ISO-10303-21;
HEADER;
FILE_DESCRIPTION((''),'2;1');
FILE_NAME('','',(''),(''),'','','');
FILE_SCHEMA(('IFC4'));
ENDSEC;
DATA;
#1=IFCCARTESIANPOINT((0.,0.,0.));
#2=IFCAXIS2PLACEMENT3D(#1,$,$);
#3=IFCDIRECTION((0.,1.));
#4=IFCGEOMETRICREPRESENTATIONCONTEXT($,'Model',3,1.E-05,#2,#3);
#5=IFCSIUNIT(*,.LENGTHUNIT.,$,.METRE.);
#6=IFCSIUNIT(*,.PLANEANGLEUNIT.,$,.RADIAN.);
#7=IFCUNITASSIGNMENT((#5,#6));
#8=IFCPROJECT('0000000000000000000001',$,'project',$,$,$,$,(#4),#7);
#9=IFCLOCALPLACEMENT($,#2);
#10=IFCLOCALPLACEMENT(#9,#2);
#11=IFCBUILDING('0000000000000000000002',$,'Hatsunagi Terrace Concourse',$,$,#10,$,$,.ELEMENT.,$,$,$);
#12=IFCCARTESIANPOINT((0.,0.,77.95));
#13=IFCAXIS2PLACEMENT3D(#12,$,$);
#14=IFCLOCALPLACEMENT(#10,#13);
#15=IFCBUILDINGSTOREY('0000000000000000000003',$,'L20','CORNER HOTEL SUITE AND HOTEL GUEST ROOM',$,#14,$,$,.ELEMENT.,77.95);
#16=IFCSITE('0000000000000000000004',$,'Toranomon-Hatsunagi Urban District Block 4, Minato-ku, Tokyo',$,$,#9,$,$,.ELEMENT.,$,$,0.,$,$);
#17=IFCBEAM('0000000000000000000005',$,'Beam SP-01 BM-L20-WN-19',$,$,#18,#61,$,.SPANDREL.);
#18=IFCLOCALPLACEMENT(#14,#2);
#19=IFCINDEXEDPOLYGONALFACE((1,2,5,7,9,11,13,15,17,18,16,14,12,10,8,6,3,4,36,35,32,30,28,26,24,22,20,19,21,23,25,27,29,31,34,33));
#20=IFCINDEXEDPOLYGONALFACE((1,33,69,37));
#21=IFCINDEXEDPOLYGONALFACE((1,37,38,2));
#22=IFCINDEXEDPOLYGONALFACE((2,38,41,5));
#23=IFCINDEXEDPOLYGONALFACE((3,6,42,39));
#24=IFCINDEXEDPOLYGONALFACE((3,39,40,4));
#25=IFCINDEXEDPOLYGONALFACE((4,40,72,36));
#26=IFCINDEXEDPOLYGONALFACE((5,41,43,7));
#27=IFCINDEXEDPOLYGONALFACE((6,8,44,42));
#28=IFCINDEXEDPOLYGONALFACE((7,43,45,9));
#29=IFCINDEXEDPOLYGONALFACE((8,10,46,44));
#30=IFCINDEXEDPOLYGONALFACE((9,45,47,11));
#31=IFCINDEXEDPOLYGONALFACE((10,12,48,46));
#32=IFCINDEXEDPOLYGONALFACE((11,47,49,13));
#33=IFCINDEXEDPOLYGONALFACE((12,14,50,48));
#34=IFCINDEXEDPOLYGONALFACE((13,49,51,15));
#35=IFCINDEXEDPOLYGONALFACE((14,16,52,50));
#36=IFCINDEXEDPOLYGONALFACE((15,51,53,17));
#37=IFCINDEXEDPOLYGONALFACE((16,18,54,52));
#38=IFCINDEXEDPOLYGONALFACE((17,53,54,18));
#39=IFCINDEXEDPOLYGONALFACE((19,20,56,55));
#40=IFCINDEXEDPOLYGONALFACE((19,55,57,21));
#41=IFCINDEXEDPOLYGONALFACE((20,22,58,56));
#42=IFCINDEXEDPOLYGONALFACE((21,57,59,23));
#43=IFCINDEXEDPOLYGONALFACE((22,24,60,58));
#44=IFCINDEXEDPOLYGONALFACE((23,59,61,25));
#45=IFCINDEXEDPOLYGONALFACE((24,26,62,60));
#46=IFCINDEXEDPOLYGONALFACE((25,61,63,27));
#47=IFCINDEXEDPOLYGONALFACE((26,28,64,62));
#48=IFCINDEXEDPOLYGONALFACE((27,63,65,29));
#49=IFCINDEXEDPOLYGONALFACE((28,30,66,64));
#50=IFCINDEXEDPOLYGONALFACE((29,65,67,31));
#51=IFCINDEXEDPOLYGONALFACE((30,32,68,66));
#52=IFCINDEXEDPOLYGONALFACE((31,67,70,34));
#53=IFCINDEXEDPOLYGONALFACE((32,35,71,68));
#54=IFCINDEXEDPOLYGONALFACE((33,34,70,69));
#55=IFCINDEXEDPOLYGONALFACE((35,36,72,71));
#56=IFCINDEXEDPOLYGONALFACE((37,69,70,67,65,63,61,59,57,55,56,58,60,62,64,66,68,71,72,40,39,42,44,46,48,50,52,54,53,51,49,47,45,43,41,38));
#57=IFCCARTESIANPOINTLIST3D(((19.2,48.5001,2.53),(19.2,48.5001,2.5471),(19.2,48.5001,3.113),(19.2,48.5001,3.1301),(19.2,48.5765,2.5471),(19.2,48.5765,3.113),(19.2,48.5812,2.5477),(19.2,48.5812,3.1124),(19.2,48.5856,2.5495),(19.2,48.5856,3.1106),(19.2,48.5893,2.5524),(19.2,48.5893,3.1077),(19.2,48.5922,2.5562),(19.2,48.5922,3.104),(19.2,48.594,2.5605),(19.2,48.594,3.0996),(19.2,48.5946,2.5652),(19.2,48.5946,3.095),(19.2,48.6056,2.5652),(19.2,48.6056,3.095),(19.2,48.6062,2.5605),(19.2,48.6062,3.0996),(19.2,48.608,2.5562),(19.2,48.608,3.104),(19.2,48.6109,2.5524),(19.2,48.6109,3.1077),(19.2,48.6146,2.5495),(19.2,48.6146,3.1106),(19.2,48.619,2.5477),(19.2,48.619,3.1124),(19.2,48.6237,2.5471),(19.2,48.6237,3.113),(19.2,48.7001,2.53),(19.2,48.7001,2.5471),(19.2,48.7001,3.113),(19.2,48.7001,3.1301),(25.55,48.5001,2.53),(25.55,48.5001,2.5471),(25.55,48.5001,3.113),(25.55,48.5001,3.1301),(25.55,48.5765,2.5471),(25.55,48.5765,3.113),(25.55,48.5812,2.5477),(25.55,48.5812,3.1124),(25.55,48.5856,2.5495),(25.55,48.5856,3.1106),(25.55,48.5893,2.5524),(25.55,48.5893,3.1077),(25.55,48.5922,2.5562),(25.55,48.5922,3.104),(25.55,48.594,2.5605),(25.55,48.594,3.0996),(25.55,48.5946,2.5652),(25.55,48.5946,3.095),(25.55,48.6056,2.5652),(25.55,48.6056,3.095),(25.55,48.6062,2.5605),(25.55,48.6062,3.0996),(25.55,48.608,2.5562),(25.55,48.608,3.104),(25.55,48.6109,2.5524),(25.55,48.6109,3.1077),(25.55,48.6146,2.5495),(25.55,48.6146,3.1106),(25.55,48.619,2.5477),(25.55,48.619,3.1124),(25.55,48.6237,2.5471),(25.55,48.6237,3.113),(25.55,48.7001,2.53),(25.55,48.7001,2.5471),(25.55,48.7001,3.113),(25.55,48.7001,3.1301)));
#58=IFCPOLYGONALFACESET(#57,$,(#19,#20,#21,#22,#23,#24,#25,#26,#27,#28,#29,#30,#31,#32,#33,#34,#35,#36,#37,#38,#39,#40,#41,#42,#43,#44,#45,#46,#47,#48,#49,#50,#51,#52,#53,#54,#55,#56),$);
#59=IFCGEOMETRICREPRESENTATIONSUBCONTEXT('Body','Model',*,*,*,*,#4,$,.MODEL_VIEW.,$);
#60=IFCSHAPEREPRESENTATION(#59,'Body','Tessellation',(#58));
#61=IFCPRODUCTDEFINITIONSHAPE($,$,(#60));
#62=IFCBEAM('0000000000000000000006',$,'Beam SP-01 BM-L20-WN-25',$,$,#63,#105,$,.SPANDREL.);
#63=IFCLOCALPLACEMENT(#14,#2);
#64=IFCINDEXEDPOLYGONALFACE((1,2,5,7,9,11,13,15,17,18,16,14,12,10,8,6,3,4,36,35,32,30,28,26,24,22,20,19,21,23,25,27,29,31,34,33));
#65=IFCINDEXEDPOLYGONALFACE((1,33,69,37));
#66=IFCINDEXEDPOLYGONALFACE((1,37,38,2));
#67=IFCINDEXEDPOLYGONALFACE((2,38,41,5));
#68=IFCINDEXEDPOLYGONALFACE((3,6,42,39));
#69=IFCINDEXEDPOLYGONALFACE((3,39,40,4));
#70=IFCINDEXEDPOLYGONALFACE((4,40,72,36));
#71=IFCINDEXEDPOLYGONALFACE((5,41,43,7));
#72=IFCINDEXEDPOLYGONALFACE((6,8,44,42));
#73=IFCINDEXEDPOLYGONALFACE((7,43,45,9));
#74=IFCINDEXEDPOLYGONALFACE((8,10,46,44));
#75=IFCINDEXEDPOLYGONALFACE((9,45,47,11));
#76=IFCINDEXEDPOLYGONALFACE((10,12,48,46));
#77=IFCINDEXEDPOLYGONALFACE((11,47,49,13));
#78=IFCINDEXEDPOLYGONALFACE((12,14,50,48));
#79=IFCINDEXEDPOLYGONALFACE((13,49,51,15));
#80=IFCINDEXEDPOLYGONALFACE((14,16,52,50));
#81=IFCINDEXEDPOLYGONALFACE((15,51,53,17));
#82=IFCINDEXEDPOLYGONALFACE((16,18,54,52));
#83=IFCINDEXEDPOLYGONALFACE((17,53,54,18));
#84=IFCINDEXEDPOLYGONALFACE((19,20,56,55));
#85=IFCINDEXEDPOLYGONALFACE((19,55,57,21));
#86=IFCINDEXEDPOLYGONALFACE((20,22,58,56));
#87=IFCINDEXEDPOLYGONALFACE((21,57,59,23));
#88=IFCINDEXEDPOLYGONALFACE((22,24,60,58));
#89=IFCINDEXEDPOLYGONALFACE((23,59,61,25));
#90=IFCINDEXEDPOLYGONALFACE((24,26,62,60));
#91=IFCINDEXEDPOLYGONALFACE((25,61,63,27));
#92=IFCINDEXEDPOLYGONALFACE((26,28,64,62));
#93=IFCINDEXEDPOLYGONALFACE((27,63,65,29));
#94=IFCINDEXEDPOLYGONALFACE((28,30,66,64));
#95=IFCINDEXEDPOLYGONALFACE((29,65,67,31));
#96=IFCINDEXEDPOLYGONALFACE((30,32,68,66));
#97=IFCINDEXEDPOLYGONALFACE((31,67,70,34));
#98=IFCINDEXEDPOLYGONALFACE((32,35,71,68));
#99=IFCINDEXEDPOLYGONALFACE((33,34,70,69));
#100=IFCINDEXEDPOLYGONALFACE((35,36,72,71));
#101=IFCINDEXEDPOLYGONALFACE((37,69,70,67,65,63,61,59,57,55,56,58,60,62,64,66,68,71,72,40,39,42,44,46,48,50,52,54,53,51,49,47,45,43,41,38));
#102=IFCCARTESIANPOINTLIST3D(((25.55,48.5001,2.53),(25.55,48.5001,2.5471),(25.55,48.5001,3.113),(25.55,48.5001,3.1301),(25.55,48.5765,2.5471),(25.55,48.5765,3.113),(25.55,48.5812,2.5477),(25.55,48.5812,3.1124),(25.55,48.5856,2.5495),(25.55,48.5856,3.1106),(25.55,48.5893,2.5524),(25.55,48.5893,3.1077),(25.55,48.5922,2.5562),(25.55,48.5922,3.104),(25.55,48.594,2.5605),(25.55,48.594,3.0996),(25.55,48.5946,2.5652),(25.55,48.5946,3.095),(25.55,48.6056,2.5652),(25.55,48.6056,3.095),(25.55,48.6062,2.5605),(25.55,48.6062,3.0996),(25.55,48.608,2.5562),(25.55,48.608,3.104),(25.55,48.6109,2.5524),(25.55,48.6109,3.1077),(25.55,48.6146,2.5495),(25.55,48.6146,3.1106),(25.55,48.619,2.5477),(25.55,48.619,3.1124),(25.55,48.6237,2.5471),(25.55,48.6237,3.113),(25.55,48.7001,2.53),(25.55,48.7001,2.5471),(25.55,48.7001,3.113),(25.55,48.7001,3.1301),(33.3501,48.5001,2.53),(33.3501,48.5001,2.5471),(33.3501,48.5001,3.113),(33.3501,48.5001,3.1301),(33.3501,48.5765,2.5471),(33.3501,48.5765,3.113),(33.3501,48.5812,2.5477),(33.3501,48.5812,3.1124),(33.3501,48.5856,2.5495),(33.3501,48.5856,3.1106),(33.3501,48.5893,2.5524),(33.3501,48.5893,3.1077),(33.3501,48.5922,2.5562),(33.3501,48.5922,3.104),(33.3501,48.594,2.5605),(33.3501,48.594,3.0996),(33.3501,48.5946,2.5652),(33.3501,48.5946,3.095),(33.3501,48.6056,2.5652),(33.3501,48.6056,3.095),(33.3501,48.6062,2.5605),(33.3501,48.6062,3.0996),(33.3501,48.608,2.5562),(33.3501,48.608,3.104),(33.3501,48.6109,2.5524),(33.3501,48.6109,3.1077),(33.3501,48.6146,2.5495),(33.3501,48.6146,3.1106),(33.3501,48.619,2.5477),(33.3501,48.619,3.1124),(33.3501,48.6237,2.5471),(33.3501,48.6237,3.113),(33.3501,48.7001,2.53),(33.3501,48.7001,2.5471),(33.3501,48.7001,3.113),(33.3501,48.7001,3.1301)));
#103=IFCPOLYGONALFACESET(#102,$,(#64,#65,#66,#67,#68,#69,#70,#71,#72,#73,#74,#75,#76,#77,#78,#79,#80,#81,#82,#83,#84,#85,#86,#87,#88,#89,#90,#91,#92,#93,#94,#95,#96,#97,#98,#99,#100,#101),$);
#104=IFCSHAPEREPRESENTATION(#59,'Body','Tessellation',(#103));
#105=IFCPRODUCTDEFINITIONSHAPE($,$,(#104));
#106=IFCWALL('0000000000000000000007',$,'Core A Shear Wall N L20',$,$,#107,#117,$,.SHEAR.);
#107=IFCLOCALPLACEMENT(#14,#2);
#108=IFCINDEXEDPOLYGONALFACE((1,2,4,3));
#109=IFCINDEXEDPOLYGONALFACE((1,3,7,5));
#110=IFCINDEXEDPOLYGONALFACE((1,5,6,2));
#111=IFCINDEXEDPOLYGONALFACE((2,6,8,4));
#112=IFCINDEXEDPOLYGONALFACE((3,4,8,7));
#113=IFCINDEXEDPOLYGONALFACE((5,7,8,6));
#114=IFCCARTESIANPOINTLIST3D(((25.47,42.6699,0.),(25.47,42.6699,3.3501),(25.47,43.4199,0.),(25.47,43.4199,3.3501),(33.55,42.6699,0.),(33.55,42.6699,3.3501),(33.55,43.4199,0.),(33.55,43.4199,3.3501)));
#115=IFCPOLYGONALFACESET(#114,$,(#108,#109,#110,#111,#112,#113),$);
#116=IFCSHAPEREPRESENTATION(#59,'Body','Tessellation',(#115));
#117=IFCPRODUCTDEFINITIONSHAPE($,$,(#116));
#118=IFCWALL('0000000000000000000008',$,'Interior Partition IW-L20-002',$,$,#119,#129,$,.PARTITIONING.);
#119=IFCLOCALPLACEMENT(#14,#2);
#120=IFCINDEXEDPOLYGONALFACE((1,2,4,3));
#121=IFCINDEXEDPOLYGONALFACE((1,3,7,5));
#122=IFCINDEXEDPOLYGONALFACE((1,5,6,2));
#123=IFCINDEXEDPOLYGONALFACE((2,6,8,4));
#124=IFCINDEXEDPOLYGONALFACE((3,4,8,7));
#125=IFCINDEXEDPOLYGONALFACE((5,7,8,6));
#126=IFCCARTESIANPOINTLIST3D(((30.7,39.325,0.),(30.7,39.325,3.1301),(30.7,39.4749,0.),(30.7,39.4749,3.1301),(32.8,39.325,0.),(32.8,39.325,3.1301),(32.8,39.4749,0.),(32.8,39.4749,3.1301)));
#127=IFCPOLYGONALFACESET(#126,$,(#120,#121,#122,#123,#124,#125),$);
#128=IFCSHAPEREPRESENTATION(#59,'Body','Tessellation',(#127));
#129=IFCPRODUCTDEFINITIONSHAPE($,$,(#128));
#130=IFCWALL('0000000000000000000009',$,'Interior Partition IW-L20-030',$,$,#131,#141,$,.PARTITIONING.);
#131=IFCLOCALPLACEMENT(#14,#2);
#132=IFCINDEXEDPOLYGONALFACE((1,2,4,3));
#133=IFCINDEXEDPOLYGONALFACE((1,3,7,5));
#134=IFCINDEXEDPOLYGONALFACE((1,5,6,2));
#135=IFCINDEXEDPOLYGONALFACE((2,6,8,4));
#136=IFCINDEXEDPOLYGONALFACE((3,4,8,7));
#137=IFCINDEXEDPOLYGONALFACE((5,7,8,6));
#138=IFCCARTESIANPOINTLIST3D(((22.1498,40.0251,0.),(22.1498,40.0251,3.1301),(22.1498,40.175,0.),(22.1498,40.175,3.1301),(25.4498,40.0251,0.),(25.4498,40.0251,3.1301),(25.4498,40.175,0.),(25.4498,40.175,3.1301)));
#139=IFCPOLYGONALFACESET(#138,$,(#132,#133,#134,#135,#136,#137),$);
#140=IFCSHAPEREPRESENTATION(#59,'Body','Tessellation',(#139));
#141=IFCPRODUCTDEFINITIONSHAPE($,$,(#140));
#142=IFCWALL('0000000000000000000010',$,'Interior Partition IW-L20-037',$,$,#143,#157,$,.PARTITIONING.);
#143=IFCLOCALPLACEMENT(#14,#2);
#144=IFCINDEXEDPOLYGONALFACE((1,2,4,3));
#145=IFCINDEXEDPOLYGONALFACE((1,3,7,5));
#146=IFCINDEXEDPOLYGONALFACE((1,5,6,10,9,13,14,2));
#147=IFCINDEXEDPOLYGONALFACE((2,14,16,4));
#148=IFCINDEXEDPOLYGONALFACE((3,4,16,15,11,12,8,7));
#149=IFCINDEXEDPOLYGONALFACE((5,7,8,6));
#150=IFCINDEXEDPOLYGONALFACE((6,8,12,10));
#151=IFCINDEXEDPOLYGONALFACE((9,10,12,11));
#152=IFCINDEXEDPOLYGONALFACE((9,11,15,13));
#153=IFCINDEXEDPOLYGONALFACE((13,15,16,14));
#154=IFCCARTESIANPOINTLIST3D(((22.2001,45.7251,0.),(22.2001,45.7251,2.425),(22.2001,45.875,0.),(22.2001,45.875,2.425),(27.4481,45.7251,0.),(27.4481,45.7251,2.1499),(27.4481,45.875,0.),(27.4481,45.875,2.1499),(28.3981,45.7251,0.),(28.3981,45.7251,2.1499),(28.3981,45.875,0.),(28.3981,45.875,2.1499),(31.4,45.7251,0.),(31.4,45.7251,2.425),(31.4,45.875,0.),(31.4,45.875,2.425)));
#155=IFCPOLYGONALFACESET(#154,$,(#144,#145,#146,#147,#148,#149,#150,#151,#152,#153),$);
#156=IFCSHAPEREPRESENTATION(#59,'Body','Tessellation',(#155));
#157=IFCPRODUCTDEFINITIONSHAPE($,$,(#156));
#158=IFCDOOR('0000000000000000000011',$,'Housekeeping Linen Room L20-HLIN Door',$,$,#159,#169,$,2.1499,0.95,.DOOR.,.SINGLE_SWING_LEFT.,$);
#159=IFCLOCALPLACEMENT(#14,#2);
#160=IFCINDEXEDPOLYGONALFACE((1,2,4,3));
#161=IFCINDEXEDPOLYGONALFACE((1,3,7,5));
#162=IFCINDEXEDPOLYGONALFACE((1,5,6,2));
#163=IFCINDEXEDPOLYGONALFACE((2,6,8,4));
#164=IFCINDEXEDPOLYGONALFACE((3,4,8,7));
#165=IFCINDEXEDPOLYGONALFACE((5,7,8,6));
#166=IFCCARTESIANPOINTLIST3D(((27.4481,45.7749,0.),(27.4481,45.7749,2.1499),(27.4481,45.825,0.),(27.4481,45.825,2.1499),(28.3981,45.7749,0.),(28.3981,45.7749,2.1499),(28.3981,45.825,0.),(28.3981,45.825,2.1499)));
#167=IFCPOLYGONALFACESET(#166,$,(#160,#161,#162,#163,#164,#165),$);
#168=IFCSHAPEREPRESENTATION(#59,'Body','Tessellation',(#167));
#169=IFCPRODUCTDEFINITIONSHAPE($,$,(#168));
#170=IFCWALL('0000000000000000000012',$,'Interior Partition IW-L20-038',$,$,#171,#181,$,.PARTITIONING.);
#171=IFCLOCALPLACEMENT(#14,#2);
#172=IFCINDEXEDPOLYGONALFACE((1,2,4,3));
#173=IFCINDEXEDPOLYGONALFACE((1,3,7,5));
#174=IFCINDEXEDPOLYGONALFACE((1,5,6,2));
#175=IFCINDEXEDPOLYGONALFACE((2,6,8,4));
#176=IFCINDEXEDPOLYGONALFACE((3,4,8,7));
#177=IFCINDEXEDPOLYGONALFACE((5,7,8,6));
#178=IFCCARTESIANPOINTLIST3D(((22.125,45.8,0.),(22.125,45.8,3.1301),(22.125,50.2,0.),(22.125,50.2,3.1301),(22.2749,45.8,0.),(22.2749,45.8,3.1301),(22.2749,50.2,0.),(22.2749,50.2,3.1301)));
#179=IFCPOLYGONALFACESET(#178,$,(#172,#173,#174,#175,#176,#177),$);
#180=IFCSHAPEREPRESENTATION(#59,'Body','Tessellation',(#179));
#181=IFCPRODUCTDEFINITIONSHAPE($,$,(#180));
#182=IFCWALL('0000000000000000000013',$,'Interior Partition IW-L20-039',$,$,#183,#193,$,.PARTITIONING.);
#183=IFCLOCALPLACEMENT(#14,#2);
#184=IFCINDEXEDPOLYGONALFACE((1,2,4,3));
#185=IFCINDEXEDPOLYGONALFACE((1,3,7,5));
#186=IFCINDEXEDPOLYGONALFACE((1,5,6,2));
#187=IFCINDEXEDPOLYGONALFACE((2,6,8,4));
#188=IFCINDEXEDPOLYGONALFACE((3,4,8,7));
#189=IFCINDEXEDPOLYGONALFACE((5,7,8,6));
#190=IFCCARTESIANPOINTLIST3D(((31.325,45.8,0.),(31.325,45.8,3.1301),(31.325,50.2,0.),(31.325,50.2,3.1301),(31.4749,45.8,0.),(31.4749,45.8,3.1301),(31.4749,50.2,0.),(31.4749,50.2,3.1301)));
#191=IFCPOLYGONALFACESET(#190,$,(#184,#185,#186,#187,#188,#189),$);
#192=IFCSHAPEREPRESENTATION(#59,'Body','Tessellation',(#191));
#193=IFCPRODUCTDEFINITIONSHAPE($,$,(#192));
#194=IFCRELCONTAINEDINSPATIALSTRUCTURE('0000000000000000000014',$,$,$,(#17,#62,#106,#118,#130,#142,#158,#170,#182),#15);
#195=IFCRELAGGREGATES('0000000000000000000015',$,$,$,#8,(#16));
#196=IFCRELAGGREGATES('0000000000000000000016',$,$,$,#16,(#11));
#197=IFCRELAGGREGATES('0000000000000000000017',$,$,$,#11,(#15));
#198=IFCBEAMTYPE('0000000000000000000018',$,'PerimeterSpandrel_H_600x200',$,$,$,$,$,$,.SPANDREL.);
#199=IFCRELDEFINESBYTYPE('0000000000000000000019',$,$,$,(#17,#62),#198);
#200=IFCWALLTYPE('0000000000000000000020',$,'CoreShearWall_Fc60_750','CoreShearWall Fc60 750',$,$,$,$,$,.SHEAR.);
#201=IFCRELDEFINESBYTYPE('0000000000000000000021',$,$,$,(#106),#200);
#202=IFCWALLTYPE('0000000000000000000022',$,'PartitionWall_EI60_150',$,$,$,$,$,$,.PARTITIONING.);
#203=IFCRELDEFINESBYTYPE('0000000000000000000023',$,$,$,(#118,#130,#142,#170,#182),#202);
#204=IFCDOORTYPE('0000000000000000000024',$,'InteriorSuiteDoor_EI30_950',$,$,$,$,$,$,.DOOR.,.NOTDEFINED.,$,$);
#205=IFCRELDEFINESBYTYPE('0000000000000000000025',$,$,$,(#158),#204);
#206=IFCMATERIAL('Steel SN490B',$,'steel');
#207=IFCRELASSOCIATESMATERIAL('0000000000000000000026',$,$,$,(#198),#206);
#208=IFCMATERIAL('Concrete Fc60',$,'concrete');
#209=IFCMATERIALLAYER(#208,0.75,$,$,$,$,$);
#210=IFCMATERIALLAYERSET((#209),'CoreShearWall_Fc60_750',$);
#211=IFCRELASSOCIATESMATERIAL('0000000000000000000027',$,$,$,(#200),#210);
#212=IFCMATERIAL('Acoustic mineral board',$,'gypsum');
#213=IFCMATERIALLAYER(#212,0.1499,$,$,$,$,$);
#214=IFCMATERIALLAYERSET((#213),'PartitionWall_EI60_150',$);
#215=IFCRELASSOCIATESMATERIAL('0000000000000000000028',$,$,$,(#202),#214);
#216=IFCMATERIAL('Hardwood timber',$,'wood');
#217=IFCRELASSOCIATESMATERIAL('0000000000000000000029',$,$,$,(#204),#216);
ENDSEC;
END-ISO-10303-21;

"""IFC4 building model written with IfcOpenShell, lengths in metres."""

from ifc_helpers import new_model, si_unit, direction, frame, frame_2d, origin, origin_2d, place, context, subcontext, project, spatial, rectangle, i_section, extrude, material, layer, layer_set, material_profile, profile_set, type_object, element, fill, save


model = new_model("IFC4")

# Units and contexts
model_context = context("Model", 3, precision=1e-05, world=origin(), true_north=direction((0.0, 1.0)))
body_context = subcontext(model_context, "Body", "Model", "MODEL_VIEW")
ifc_project = project(units=[si_unit("LENGTHUNIT", "METRE"), si_unit("PLANEANGLEUNIT", "RADIAN")], contexts=[model_context])

# Site, building, storey
site_placement = place(None, origin())
site = spatial("IfcSite", under=ifc_project, at=site_placement, Name="Toranomon-Hatsunagi Urban District Block 4, Minato-ku, Tokyo", CompositionType="ELEMENT", RefElevation=0.0)
building_placement = place(site_placement, origin())
building = spatial("IfcBuilding", under=site, at=building_placement, Name="Hatsunagi Terrace Concourse", CompositionType="ELEMENT")
storey_placement = place(building_placement, frame((0.0, 0.0, 77.95)))
storey = spatial("IfcBuildingStorey", under=building, at=storey_placement, Name="L20", Description="CORNER HOTEL SUITE AND HOTEL GUEST ROOM", CompositionType="ELEMENT", Elevation=77.95)

# Beams
ifc_material_1 = material(Name="Steel SN490B", Category="steel")
ifc_material_profile_1 = material_profile(ifc_material_1, i_section(OverallWidth=0.2, OverallDepth=0.6001, WebThickness=0.011, FlangeThickness=0.0171, FilletRadius=0.0181, at=origin_2d()), Name="H-600x200x11x17")
ifc_profile_set_1 = profile_set([ifc_material_profile_1], Name="Steel SN490B")
beam_type_1 = type_object("IfcBeamType", Name="PerimeterSpandrel_H_600x200", PredefinedType="SPANDREL", material=ifc_profile_set_1)
beam_1_placement = place(storey_placement, frame((19.2, 48.6001, 2.8301), z_axis=(1.0, 0.0, 0.0), x_axis=(0.0, 1.0, 0.0)))
element("IfcBeam", 1, at=beam_1_placement, inside=storey, type_object=beam_type_1, Name="Beam SP-01 BM-L20-WN-19", PredefinedType="SPANDREL", context=body_context, shape_type="SweptSolid", body=[
    extrude(i_section(OverallWidth=0.2, OverallDepth=0.6001, WebThickness=0.011, FlangeThickness=0.0171, FilletRadius=0.0181, at=origin_2d()), origin(), (0.0, 0.0, 1.0), 6.3501),
])
beam_2_placement = place(storey_placement, frame((25.55, 48.6001, 2.8301), z_axis=(1.0, 0.0, 0.0), x_axis=(0.0, 1.0, 0.0)))
element("IfcBeam", 2, at=beam_2_placement, inside=storey, type_object=beam_type_1, Name="Beam SP-01 BM-L20-WN-25", PredefinedType="SPANDREL", context=body_context, shape_type="SweptSolid", body=[
    extrude(i_section(OverallWidth=0.2, OverallDepth=0.6001, WebThickness=0.011, FlangeThickness=0.0171, FilletRadius=0.0181, at=origin_2d()), origin(), (0.0, 0.0, 1.0), 7.8),
])

# Walls
ifc_material_2 = material(Name="Concrete Fc60", Category="concrete")
ifc_layer_1 = layer(ifc_material_2, 0.75)
ifc_layer_set_1 = layer_set([ifc_layer_1], Name="CoreShearWall_Fc60_750")
wall_type_1 = type_object("IfcWallType", Name="CoreShearWall_Fc60_750", Description="CoreShearWall Fc60 750", PredefinedType="SHEAR", material=ifc_layer_set_1)
wall_1_placement = place(storey_placement, frame((25.47, 43.0449, 0.0), z_axis=(0.0, 0.0, 1.0), x_axis=(1.0, 0.0, 0.0)))
element("IfcWall", 3, at=wall_1_placement, inside=storey, type_object=wall_type_1, Name="Core A Shear Wall N L20", PredefinedType="SHEAR", context=body_context, shape_type="SweptSolid", body=[
    extrude(rectangle(XDim=8.0801, YDim=0.75, at=frame_2d((4.04, 0.0))), origin(), (0.0, 0.0, 1.0), 3.3501),
])
ifc_material_3 = material(Name="Acoustic mineral board", Category="gypsum")
ifc_layer_2 = layer(ifc_material_3, 0.1499)
ifc_layer_set_2 = layer_set([ifc_layer_2], Name="PartitionWall_EI60_150")
wall_type_2 = type_object("IfcWallType", Name="PartitionWall_EI60_150", PredefinedType="PARTITIONING", material=ifc_layer_set_2)
wall_2_placement = place(storey_placement, frame((30.7, 39.3999, 0.0), z_axis=(0.0, 0.0, 1.0), x_axis=(1.0, 0.0, 0.0)))
element("IfcWall", 4, at=wall_2_placement, inside=storey, type_object=wall_type_2, Name="Interior Partition IW-L20-002", PredefinedType="PARTITIONING", context=body_context, shape_type="SweptSolid", body=[
    extrude(rectangle(XDim=2.1001, YDim=0.1499, at=frame_2d((1.05, 0.0))), origin(), (0.0, 0.0, 1.0), 3.1301),
])
wall_3_placement = place(storey_placement, frame((22.1499, 40.1001, 0.0), z_axis=(0.0, 0.0, 1.0), x_axis=(1.0, 0.0, 0.0)))
element("IfcWall", 5, at=wall_3_placement, inside=storey, type_object=wall_type_2, Name="Interior Partition IW-L20-030", PredefinedType="PARTITIONING", context=body_context, shape_type="SweptSolid", body=[
    extrude(rectangle(XDim=3.3, YDim=0.1499, at=frame_2d((1.6499, 0.0))), origin(), (0.0, 0.0, 1.0), 3.1301),
])

# Wall, opening, door
wall_4_placement = place(storey_placement, frame((22.2, 45.8, 0.0), z_axis=(0.0, 0.0, 1.0), x_axis=(1.0, 0.0, 0.0)))
wall_4 = element("IfcWall", 6, at=wall_4_placement, inside=storey, type_object=wall_type_2, Name="Interior Partition IW-L20-037", PredefinedType="PARTITIONING", context=body_context, shape_type="SweptSolid", body=[
    extrude(rectangle(XDim=9.2, YDim=0.1499, at=frame_2d((4.6001, 0.0))), origin(), (0.0, 0.0, 1.0), 2.425),
])
opening_1_placement = place(wall_4_placement, frame((5.248, 0.0, 0.0)))
opening_1 = element("IfcOpeningElement", 7, at=opening_1_placement, cuts=wall_4, PredefinedType="OPENING", context=body_context, shape_type="SweptSolid", body=[
    extrude(rectangle(XDim=0.95, YDim=2.1499, at=frame_2d((0.4751, 1.075))), frame((0.0, 0.085, 0.0), z_axis=(0.0, -1.0, 0.0), x_axis=(1.0, 0.0, 0.0)), (0.0, 0.0, 1.0), 0.1699),
])
ifc_material_4 = material(Name="Hardwood timber", Category="wood")
door_type = type_object("IfcDoorType", Name="InteriorSuiteDoor_EI30_950", OperationType="NOTDEFINED", PredefinedType="DOOR", material=ifc_material_4)
door_1_placement = place(opening_1_placement, origin())
door_1 = element("IfcDoor", 8, at=door_1_placement, inside=storey, type_object=door_type, Name="Housekeeping Linen Room L20-HLIN Door", OperationType="SINGLE_SWING_LEFT", OverallHeight=2.1499, OverallWidth=0.95, PredefinedType="DOOR", context=body_context, shape_type="SweptSolid", body=[
    extrude(rectangle(XDim=0.95, YDim=2.1499, at=frame_2d((0.4751, 1.075))), frame((0.0, 0.0249, 0.0), z_axis=(0.0, -1.0, 0.0), x_axis=(1.0, 0.0, 0.0)), (0.0, 0.0, 1.0), 0.05),
])
fill(opening_1, door_1)

# Walls
for number, where, z_axis, x_axis, name in (
    (9, (22.2, 45.8, 0.0), (0.0, 0.0, 1.0), (0.0, 1.0, 0.0), "Interior Partition IW-L20-038"),
    (10, (31.3999, 45.8, 0.0), (0.0, 0.0, 1.0), (0.0, 1.0, 0.0), "Interior Partition IW-L20-039"),
):
    element("IfcWall", number, at=place(storey_placement, frame(where, z_axis=z_axis, x_axis=x_axis)), inside=storey, type_object=wall_type_2, Name=name, PredefinedType="PARTITIONING", context=body_context, shape_type="SweptSolid", body=[
        extrude(rectangle(XDim=4.3999, YDim=0.1499, at=frame_2d((2.2, 0.0))), origin(), (0.0, 0.0, 1.0), 3.1301),
    ])

save(model, "model.ifc")
